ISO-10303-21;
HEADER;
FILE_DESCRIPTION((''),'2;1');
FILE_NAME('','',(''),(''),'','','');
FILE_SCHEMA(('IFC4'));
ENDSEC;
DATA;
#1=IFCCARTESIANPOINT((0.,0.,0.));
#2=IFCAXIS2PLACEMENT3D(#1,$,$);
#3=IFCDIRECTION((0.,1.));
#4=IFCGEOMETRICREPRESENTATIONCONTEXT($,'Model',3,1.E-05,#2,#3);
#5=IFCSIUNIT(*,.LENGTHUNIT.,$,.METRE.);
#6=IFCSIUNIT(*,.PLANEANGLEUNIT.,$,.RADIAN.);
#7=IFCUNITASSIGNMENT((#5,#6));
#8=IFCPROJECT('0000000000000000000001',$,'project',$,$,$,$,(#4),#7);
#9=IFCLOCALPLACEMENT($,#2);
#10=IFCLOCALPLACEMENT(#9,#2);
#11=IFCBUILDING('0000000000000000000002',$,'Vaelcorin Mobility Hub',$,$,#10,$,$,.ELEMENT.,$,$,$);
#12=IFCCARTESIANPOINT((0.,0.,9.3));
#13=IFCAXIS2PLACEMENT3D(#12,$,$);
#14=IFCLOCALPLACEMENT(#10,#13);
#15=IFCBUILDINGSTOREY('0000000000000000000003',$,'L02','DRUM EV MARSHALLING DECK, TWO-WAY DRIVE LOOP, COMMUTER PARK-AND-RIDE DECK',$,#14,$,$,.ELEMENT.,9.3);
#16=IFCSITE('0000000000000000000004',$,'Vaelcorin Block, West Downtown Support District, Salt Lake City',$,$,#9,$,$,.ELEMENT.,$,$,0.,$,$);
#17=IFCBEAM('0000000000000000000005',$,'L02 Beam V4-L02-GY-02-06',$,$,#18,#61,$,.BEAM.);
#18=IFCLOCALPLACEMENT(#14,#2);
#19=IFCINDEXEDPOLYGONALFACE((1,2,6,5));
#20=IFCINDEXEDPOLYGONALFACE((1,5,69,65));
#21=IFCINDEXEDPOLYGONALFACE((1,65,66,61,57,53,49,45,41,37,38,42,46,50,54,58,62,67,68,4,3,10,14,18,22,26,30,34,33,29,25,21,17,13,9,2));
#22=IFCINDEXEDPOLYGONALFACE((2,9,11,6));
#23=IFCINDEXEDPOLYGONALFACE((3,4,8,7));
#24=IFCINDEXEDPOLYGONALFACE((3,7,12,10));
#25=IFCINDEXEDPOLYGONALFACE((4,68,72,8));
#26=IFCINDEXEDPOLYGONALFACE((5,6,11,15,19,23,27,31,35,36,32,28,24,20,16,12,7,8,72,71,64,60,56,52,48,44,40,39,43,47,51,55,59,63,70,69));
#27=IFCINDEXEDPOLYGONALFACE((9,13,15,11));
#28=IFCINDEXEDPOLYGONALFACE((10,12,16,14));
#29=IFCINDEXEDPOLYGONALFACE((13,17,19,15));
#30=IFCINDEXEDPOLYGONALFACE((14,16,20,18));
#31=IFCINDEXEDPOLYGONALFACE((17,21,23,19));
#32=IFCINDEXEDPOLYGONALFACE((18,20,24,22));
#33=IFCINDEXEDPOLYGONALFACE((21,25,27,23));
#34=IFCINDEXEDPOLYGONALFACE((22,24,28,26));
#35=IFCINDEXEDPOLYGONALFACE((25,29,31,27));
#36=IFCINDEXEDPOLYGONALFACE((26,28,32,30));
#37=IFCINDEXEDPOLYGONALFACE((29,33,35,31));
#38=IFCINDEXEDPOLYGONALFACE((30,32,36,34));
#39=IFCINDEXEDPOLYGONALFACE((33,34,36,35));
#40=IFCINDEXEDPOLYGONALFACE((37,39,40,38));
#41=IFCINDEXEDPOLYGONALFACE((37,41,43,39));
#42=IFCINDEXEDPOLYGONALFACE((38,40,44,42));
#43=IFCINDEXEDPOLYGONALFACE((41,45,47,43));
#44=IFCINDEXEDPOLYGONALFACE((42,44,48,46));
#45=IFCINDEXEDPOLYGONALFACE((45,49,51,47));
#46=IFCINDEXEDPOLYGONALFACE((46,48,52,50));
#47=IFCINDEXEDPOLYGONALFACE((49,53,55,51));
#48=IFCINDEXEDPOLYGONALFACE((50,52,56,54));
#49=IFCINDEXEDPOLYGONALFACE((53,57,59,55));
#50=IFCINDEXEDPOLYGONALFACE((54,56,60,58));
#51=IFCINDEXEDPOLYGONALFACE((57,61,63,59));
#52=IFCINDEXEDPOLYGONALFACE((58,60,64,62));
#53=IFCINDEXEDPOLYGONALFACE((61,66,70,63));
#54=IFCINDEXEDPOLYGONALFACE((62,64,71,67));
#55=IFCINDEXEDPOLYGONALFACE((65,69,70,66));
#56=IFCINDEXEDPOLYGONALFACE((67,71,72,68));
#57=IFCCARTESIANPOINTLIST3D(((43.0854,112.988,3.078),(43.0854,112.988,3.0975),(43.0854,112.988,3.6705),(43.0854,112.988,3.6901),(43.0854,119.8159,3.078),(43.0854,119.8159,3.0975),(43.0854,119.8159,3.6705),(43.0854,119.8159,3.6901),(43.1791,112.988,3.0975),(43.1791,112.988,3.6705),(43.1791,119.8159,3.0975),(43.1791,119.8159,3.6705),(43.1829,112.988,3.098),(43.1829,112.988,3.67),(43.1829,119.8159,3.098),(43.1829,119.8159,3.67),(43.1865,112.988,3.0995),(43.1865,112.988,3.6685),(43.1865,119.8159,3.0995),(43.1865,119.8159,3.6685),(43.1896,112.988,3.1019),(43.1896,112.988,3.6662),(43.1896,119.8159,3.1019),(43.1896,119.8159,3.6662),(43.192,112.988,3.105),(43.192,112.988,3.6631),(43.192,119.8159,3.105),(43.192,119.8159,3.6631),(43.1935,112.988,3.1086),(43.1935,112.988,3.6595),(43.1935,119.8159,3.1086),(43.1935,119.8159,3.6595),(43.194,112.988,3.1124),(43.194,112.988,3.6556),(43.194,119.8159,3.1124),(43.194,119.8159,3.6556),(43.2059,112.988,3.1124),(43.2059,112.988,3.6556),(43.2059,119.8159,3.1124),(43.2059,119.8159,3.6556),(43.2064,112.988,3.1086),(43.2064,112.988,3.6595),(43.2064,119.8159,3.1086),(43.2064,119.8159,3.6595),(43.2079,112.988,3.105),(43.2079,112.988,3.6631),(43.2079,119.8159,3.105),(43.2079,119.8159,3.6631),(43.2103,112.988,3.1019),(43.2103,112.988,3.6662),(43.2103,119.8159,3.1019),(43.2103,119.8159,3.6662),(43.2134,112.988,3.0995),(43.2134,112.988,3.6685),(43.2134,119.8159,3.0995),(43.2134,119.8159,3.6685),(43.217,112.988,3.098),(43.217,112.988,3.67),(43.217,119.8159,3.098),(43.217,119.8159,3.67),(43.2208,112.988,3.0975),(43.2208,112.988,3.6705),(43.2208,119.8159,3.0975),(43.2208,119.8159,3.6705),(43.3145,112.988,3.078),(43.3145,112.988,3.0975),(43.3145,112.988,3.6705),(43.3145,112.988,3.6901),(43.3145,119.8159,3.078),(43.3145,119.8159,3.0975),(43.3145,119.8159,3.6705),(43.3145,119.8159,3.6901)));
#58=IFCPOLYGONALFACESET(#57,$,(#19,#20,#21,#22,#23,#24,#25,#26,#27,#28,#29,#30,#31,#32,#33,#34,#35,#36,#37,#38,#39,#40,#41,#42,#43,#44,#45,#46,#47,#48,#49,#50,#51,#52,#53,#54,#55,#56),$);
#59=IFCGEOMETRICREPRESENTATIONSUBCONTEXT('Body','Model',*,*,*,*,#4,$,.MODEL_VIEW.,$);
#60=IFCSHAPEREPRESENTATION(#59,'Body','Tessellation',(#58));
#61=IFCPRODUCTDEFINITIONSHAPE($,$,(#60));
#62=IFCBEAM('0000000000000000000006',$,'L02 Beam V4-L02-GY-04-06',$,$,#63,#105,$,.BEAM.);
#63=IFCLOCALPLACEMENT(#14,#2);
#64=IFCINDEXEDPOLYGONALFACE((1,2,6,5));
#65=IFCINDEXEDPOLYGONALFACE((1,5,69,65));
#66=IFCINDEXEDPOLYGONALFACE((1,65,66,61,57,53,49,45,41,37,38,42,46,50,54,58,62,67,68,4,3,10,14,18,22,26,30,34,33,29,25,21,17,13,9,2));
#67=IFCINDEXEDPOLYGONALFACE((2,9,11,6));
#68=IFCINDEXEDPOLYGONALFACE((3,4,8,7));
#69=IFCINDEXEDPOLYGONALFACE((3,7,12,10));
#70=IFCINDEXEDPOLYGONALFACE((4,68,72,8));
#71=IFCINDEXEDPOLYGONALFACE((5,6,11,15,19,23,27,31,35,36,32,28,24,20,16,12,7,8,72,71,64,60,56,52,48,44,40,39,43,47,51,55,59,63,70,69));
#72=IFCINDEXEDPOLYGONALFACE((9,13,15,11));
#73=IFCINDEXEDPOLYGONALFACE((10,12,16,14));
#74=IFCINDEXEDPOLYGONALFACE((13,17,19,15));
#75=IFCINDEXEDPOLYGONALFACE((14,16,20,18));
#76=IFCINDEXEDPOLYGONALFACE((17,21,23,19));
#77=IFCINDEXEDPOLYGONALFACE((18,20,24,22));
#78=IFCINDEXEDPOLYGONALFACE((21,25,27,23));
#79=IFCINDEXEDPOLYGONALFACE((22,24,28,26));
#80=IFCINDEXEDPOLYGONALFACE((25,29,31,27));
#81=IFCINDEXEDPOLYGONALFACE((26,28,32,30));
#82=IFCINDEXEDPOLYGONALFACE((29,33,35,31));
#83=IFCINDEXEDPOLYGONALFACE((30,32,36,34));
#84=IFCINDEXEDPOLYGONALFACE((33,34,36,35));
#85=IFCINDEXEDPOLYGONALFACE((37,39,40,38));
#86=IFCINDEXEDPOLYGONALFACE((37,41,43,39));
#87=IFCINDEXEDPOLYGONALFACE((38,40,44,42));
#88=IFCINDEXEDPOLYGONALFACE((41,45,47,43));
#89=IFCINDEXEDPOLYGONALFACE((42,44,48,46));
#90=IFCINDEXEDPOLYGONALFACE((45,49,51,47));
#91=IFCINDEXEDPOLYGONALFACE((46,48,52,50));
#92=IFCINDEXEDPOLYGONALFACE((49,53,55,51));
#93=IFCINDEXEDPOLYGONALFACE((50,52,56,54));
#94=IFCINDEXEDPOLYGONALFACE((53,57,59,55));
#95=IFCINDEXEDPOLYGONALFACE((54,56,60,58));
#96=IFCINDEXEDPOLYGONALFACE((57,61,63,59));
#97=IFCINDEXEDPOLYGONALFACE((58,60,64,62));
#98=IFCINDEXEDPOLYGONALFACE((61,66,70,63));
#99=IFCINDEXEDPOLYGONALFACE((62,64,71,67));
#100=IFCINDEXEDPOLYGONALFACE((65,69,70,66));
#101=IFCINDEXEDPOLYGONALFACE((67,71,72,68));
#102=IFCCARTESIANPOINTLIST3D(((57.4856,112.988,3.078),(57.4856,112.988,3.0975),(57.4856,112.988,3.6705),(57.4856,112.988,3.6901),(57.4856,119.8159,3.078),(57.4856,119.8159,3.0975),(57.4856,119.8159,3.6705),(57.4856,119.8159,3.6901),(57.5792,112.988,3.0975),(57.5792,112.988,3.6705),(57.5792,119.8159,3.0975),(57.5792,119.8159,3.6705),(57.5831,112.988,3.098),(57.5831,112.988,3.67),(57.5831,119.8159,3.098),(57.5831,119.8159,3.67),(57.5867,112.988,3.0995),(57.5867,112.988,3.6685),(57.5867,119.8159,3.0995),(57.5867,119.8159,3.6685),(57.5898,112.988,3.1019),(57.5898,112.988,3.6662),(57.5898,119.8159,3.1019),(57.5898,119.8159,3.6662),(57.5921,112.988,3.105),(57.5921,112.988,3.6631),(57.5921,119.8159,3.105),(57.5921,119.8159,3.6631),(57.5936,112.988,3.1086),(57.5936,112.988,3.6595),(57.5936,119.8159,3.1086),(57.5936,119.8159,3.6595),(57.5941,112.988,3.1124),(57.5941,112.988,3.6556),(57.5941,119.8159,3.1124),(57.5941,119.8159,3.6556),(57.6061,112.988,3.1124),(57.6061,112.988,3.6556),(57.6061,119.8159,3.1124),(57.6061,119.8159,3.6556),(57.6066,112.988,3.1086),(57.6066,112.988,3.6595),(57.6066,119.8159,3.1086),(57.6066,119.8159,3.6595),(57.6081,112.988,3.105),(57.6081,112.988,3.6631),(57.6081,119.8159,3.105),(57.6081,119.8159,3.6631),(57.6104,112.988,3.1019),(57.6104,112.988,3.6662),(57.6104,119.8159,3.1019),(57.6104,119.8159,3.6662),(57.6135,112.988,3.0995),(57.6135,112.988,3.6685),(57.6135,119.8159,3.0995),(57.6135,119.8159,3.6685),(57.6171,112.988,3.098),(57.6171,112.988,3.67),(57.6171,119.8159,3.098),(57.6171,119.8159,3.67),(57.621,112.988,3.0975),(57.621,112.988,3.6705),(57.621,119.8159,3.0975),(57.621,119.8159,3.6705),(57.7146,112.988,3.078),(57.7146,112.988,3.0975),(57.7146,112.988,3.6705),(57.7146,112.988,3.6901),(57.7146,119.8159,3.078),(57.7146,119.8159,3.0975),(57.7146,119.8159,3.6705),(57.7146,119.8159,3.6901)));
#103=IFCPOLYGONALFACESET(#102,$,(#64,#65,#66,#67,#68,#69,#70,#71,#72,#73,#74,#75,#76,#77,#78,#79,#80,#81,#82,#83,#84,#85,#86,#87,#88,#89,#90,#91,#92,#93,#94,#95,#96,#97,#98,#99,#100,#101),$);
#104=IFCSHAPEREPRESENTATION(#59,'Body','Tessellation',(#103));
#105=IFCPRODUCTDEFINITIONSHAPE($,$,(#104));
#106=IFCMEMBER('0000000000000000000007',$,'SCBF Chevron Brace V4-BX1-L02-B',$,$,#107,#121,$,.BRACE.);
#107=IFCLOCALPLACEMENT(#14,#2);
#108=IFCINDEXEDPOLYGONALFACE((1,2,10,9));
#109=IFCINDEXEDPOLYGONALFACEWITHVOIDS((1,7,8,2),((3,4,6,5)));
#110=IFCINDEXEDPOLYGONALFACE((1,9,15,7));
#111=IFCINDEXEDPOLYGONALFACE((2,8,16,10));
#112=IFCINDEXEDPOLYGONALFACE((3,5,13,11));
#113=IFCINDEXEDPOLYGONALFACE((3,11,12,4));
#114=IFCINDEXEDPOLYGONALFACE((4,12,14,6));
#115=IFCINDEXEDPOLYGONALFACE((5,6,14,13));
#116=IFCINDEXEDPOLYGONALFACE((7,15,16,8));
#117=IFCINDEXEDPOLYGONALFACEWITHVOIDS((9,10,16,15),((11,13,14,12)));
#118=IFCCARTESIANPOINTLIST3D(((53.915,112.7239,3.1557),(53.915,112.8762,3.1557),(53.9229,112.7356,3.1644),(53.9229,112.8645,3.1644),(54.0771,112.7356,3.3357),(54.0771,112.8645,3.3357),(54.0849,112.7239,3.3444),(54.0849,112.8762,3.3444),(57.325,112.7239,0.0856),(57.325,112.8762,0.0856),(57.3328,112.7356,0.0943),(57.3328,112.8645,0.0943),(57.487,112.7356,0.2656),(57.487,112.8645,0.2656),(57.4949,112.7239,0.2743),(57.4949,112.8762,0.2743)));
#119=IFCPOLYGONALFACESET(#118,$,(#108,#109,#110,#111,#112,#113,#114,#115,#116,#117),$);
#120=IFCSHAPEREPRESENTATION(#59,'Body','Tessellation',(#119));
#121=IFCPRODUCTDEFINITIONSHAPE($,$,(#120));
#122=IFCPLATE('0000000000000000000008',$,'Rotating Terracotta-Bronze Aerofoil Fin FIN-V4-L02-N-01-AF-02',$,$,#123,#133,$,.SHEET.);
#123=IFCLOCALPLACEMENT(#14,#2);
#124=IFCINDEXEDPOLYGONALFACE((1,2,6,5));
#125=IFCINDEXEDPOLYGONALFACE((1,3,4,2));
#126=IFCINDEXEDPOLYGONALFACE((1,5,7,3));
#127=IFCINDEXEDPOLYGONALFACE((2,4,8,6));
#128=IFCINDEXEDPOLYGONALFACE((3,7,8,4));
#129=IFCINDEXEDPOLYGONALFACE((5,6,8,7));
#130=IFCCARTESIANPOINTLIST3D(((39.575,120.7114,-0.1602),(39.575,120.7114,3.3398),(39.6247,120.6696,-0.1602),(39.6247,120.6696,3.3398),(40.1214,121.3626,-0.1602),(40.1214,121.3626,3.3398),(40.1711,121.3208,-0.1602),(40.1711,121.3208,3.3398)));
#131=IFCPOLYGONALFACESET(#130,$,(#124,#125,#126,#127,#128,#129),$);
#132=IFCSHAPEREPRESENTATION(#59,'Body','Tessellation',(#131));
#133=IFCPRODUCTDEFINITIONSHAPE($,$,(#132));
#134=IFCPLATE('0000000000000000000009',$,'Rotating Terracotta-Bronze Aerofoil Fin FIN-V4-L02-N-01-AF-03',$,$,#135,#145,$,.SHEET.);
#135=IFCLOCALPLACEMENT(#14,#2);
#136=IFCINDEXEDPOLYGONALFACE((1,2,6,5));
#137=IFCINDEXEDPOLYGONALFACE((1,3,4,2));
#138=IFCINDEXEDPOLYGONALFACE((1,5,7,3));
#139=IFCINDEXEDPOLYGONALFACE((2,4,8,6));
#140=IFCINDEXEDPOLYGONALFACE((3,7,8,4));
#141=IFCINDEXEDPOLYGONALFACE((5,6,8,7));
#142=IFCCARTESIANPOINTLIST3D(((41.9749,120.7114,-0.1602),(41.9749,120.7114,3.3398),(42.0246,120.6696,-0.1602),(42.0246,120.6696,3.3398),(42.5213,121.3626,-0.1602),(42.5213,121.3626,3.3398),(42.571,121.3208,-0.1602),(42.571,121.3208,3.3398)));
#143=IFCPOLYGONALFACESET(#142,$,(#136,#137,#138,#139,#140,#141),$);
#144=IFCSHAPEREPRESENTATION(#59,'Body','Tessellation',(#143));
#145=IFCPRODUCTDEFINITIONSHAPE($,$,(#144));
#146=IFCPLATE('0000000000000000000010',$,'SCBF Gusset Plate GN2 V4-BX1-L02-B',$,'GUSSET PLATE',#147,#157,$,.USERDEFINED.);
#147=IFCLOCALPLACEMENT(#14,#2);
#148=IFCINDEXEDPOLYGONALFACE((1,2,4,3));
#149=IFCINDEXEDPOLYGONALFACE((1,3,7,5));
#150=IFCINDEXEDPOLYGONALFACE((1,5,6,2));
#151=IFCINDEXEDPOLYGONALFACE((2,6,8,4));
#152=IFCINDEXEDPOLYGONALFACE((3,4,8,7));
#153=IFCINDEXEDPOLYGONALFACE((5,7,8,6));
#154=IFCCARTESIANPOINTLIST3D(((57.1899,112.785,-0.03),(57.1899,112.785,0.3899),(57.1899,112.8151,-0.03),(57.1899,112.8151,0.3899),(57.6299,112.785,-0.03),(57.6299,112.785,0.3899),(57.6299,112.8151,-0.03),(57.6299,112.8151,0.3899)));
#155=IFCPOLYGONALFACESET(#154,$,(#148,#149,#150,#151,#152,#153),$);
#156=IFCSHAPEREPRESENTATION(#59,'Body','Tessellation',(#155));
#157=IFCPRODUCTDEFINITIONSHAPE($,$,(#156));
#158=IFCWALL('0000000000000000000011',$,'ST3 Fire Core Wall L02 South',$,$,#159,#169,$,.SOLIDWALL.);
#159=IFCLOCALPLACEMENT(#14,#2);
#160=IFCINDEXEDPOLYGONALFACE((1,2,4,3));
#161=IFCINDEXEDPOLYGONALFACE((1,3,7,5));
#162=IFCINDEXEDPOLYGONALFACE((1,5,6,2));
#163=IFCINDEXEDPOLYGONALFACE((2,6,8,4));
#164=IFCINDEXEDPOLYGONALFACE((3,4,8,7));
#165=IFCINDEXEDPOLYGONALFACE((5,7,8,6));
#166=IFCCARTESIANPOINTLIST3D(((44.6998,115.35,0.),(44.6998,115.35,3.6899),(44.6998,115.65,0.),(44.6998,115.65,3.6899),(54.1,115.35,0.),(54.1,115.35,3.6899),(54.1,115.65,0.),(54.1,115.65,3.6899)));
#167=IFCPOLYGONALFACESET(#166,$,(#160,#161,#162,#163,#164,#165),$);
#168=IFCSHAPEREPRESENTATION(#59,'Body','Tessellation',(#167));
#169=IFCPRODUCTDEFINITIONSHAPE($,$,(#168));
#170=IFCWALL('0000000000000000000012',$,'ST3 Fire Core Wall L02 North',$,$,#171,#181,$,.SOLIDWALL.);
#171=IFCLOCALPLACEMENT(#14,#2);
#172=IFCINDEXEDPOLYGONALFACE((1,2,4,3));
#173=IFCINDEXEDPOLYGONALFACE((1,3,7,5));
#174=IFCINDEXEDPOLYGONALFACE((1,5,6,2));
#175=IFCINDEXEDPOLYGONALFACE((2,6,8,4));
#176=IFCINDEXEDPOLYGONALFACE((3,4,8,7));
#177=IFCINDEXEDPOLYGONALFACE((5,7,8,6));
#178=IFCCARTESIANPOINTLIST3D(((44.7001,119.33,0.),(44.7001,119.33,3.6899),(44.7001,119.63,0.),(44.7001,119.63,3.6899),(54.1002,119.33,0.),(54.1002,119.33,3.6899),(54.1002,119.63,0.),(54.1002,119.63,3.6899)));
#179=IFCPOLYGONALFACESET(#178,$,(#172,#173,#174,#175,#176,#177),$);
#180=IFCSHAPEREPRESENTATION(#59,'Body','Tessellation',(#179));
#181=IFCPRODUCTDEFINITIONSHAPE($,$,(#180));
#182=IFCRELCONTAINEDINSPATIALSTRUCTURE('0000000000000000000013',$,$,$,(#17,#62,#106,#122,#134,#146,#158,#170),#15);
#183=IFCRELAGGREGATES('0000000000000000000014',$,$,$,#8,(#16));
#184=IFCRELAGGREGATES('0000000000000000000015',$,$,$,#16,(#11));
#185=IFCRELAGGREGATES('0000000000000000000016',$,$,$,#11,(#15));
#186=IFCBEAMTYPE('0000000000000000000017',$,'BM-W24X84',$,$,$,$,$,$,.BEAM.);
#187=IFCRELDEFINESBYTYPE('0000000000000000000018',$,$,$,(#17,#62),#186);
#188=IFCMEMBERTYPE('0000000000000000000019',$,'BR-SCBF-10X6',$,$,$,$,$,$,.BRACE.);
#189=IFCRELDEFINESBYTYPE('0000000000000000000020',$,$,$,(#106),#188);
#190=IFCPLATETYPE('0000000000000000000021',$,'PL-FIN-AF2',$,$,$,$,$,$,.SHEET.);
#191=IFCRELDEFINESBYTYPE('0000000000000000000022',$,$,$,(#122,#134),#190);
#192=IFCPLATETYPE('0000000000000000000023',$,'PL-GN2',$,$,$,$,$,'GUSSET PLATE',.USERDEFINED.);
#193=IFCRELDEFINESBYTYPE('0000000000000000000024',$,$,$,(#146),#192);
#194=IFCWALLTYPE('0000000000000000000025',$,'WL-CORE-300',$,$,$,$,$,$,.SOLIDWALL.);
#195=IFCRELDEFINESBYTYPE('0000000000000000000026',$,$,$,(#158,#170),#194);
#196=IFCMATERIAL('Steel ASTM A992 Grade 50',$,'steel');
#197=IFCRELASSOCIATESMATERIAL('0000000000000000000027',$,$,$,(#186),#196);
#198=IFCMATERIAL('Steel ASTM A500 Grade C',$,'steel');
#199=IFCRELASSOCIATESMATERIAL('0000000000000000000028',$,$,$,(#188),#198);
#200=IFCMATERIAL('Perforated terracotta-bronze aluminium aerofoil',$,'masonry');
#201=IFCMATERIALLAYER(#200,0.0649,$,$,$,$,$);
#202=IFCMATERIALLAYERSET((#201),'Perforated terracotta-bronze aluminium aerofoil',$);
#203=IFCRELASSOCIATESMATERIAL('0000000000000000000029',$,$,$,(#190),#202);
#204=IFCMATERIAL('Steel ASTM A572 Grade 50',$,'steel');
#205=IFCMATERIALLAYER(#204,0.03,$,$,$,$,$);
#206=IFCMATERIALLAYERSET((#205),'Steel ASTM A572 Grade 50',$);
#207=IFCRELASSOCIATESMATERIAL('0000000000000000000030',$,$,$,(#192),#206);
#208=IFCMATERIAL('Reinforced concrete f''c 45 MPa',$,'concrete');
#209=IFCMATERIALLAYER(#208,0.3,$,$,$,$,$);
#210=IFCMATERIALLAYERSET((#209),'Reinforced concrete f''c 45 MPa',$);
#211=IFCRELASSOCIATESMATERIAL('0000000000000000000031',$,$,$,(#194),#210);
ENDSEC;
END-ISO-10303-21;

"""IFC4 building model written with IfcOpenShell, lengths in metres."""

from ifc_helpers import new_model, si_unit, direction, frame, frame_2d, origin, origin_2d, place, context, subcontext, project, spatial, rectangle, hollow_rectangle, i_section, extrude, material, layer, layer_set, material_profile, profile_set, type_object, element, save


model = new_model("IFC4")

# Units and contexts
model_context = context("Model", 3, precision=1e-05, world=origin(), true_north=direction((0.0, 1.0)))
body_context = subcontext(model_context, "Body", "Model", "MODEL_VIEW")
ifc_project = project(units=[si_unit("LENGTHUNIT", "METRE"), si_unit("PLANEANGLEUNIT", "RADIAN")], contexts=[model_context])

# Site, building, storey
site_placement = place(None, origin())
site = spatial("IfcSite", under=ifc_project, at=site_placement, Name="Vaelcorin Block, West Downtown Support District, Salt Lake City", CompositionType="ELEMENT", RefElevation=0.0)
building_placement = place(site_placement, origin())
building = spatial("IfcBuilding", under=site, at=building_placement, Name="Vaelcorin Mobility Hub", CompositionType="ELEMENT")
storey_placement = place(building_placement, frame((0.0, 0.0, 9.3)))
storey = spatial("IfcBuildingStorey", under=building, at=storey_placement, Name="L02", Description="DRUM EV MARSHALLING DECK, TWO-WAY DRIVE LOOP, COMMUTER PARK-AND-RIDE DECK", CompositionType="ELEMENT", Elevation=9.3)

# Shared definitions
ifc_material_1 = material(Name="Steel ASTM A992 Grade 50", Category="steel")

# Beams
ifc_material_profile_1 = material_profile(ifc_material_1, i_section(OverallWidth=0.229, OverallDepth=0.6121, WebThickness=0.012, FlangeThickness=0.0195, FilletRadius=0.0149, at=origin_2d()), Name="W24X84")
ifc_profile_set_1 = profile_set([ifc_material_profile_1], Name="Steel ASTM A992 Grade 50")
beam_type_1 = type_object("IfcBeamType", Name="BM-W24X84", PredefinedType="BEAM", material=ifc_profile_set_1)
for number, where, z_axis, x_axis, name in (
    (1, (43.2, 112.988, 3.384), (0.0, 1.0, 0.0), (-1.0, 0.0, 0.0), "L02 Beam V4-L02-GY-02-06"),
    (2, (57.6001, 112.988, 3.384), (0.0, 1.0, 0.0), (-1.0, 0.0, 0.0), "L02 Beam V4-L02-GY-04-06"),
):
    element("IfcBeam", number, at=place(storey_placement, frame(where, z_axis=z_axis, x_axis=x_axis)), inside=storey, type_object=beam_type_1, Name=name, PredefinedType="BEAM", context=body_context, shape_type="SweptSolid", body=[
        extrude(i_section(OverallWidth=0.229, OverallDepth=0.6121, WebThickness=0.012, FlangeThickness=0.0195, FilletRadius=0.0149, at=origin_2d()), origin(), (0.0, 0.0, 1.0), 6.8279),
    ])

# Member
ifc_material_2 = material(Name="Steel ASTM A500 Grade C", Category="steel")
ifc_material_profile_2 = material_profile(ifc_material_2, hollow_rectangle(XDim=0.1523, YDim=0.2539, WallThickness=0.0117, at=origin_2d()), Name="HSS10X6X0.500")
ifc_profile_set_2 = profile_set([ifc_material_profile_2], Name="Steel ASTM A500 Grade C")
member_type = type_object("IfcMemberType", Name="BR-SCBF-10X6", PredefinedType="BRACE", material=ifc_profile_set_2)
member_placement = place(storey_placement, frame((57.4099, 112.8, 0.1799), z_axis=(-0.74317, 0.0, 0.669103), x_axis=(0.0, -1.0, 0.0)))
element("IfcMember", 3, at=member_placement, inside=storey, type_object=member_type, Name="SCBF Chevron Brace V4-BX1-L02-B", PredefinedType="BRACE", context=body_context, shape_type="SweptSolid", body=[
    extrude(hollow_rectangle(XDim=0.1523, YDim=0.2539, WallThickness=0.0117, at=origin_2d()), origin(), (0.0, 0.0, 1.0), 4.5884),
])

# Plates
ifc_material_3 = material(Name="Perforated terracotta-bronze aluminium aerofoil", Category="masonry")
ifc_layer_1 = layer(ifc_material_3, 0.0649)
ifc_layer_set_1 = layer_set([ifc_layer_1], Name="Perforated terracotta-bronze aluminium aerofoil")
plate_type_1 = type_object("IfcPlateType", Name="PL-FIN-AF2", PredefinedType="SHEET", material=ifc_layer_set_1)
for number, where, z_axis, x_axis, name in (
    (4, (39.873, 121.0161, -0.1602), (0.0, 0.0, 1.0), (0.642788, 0.766044, 0.0), "Rotating Terracotta-Bronze Aerofoil Fin FIN-V4-L02-N-01-AF-02"),
    (5, (42.2729, 121.0161, -0.1602), (0.0, 0.0, 1.0), (0.642788, 0.766044, 0.0), "Rotating Terracotta-Bronze Aerofoil Fin FIN-V4-L02-N-01-AF-03"),
):
    element("IfcPlate", number, at=place(storey_placement, frame(where, z_axis=z_axis, x_axis=x_axis)), inside=storey, type_object=plate_type_1, Name=name, PredefinedType="SHEET", context=body_context, shape_type="SweptSolid", body=[
        extrude(rectangle(XDim=0.8501, YDim=0.0649, at=origin_2d()), origin(), (0.0, 0.0, 1.0), 3.5),
    ])
ifc_material_4 = material(Name="Steel ASTM A572 Grade 50", Category="steel")
ifc_layer_2 = layer(ifc_material_4, 0.03)
ifc_layer_set_2 = layer_set([ifc_layer_2], Name="Steel ASTM A572 Grade 50")
plate_type_2 = type_object("IfcPlateType", Name="PL-GN2", ElementType="GUSSET PLATE", PredefinedType="USERDEFINED", material=ifc_layer_set_2)
plate_placement = place(storey_placement, frame((57.4099, 112.8, -0.03), z_axis=(0.0, 0.0, 1.0), x_axis=(1.0, 0.0, 0.0)))
element("IfcPlate", 6, at=plate_placement, inside=storey, type_object=plate_type_2, Name="SCBF Gusset Plate GN2 V4-BX1-L02-B", ObjectType="GUSSET PLATE", PredefinedType="USERDEFINED", context=body_context, shape_type="SweptSolid", body=[
    extrude(rectangle(XDim=0.4399, YDim=0.03, at=origin_2d()), origin(), (0.0, 0.0, 1.0), 0.4199),
])

# Walls
ifc_material_5 = material(Name="Reinforced concrete f'c 45 MPa", Category="concrete")
ifc_layer_3 = layer(ifc_material_5, 0.3)
ifc_layer_set_3 = layer_set([ifc_layer_3], Name="Reinforced concrete f'c 45 MPa")
wall_type = type_object("IfcWallType", Name="WL-CORE-300", PredefinedType="SOLIDWALL", material=ifc_layer_set_3)
for number, where, z_axis, x_axis, name in (
    (7, (54.1001, 115.5, 0.0), (0.0, 0.0, 1.0), (-1.0, 0.0, 0.0), "ST3 Fire Core Wall L02 South"),
    (8, (44.7, 119.48, 0.0), (0.0, 0.0, 1.0), (1.0, 0.0, 0.0), "ST3 Fire Core Wall L02 North"),
):
    element("IfcWall", number, at=place(storey_placement, frame(where, z_axis=z_axis, x_axis=x_axis)), inside=storey, type_object=wall_type, Name=name, PredefinedType="SOLIDWALL", context=body_context, shape_type="SweptSolid", body=[
        extrude(rectangle(XDim=9.4001, YDim=0.3, at=frame_2d((4.7002, 0.0))), origin(), (0.0, 0.0, 1.0), 3.6899),
    ])

save(model, "model.ifc")
